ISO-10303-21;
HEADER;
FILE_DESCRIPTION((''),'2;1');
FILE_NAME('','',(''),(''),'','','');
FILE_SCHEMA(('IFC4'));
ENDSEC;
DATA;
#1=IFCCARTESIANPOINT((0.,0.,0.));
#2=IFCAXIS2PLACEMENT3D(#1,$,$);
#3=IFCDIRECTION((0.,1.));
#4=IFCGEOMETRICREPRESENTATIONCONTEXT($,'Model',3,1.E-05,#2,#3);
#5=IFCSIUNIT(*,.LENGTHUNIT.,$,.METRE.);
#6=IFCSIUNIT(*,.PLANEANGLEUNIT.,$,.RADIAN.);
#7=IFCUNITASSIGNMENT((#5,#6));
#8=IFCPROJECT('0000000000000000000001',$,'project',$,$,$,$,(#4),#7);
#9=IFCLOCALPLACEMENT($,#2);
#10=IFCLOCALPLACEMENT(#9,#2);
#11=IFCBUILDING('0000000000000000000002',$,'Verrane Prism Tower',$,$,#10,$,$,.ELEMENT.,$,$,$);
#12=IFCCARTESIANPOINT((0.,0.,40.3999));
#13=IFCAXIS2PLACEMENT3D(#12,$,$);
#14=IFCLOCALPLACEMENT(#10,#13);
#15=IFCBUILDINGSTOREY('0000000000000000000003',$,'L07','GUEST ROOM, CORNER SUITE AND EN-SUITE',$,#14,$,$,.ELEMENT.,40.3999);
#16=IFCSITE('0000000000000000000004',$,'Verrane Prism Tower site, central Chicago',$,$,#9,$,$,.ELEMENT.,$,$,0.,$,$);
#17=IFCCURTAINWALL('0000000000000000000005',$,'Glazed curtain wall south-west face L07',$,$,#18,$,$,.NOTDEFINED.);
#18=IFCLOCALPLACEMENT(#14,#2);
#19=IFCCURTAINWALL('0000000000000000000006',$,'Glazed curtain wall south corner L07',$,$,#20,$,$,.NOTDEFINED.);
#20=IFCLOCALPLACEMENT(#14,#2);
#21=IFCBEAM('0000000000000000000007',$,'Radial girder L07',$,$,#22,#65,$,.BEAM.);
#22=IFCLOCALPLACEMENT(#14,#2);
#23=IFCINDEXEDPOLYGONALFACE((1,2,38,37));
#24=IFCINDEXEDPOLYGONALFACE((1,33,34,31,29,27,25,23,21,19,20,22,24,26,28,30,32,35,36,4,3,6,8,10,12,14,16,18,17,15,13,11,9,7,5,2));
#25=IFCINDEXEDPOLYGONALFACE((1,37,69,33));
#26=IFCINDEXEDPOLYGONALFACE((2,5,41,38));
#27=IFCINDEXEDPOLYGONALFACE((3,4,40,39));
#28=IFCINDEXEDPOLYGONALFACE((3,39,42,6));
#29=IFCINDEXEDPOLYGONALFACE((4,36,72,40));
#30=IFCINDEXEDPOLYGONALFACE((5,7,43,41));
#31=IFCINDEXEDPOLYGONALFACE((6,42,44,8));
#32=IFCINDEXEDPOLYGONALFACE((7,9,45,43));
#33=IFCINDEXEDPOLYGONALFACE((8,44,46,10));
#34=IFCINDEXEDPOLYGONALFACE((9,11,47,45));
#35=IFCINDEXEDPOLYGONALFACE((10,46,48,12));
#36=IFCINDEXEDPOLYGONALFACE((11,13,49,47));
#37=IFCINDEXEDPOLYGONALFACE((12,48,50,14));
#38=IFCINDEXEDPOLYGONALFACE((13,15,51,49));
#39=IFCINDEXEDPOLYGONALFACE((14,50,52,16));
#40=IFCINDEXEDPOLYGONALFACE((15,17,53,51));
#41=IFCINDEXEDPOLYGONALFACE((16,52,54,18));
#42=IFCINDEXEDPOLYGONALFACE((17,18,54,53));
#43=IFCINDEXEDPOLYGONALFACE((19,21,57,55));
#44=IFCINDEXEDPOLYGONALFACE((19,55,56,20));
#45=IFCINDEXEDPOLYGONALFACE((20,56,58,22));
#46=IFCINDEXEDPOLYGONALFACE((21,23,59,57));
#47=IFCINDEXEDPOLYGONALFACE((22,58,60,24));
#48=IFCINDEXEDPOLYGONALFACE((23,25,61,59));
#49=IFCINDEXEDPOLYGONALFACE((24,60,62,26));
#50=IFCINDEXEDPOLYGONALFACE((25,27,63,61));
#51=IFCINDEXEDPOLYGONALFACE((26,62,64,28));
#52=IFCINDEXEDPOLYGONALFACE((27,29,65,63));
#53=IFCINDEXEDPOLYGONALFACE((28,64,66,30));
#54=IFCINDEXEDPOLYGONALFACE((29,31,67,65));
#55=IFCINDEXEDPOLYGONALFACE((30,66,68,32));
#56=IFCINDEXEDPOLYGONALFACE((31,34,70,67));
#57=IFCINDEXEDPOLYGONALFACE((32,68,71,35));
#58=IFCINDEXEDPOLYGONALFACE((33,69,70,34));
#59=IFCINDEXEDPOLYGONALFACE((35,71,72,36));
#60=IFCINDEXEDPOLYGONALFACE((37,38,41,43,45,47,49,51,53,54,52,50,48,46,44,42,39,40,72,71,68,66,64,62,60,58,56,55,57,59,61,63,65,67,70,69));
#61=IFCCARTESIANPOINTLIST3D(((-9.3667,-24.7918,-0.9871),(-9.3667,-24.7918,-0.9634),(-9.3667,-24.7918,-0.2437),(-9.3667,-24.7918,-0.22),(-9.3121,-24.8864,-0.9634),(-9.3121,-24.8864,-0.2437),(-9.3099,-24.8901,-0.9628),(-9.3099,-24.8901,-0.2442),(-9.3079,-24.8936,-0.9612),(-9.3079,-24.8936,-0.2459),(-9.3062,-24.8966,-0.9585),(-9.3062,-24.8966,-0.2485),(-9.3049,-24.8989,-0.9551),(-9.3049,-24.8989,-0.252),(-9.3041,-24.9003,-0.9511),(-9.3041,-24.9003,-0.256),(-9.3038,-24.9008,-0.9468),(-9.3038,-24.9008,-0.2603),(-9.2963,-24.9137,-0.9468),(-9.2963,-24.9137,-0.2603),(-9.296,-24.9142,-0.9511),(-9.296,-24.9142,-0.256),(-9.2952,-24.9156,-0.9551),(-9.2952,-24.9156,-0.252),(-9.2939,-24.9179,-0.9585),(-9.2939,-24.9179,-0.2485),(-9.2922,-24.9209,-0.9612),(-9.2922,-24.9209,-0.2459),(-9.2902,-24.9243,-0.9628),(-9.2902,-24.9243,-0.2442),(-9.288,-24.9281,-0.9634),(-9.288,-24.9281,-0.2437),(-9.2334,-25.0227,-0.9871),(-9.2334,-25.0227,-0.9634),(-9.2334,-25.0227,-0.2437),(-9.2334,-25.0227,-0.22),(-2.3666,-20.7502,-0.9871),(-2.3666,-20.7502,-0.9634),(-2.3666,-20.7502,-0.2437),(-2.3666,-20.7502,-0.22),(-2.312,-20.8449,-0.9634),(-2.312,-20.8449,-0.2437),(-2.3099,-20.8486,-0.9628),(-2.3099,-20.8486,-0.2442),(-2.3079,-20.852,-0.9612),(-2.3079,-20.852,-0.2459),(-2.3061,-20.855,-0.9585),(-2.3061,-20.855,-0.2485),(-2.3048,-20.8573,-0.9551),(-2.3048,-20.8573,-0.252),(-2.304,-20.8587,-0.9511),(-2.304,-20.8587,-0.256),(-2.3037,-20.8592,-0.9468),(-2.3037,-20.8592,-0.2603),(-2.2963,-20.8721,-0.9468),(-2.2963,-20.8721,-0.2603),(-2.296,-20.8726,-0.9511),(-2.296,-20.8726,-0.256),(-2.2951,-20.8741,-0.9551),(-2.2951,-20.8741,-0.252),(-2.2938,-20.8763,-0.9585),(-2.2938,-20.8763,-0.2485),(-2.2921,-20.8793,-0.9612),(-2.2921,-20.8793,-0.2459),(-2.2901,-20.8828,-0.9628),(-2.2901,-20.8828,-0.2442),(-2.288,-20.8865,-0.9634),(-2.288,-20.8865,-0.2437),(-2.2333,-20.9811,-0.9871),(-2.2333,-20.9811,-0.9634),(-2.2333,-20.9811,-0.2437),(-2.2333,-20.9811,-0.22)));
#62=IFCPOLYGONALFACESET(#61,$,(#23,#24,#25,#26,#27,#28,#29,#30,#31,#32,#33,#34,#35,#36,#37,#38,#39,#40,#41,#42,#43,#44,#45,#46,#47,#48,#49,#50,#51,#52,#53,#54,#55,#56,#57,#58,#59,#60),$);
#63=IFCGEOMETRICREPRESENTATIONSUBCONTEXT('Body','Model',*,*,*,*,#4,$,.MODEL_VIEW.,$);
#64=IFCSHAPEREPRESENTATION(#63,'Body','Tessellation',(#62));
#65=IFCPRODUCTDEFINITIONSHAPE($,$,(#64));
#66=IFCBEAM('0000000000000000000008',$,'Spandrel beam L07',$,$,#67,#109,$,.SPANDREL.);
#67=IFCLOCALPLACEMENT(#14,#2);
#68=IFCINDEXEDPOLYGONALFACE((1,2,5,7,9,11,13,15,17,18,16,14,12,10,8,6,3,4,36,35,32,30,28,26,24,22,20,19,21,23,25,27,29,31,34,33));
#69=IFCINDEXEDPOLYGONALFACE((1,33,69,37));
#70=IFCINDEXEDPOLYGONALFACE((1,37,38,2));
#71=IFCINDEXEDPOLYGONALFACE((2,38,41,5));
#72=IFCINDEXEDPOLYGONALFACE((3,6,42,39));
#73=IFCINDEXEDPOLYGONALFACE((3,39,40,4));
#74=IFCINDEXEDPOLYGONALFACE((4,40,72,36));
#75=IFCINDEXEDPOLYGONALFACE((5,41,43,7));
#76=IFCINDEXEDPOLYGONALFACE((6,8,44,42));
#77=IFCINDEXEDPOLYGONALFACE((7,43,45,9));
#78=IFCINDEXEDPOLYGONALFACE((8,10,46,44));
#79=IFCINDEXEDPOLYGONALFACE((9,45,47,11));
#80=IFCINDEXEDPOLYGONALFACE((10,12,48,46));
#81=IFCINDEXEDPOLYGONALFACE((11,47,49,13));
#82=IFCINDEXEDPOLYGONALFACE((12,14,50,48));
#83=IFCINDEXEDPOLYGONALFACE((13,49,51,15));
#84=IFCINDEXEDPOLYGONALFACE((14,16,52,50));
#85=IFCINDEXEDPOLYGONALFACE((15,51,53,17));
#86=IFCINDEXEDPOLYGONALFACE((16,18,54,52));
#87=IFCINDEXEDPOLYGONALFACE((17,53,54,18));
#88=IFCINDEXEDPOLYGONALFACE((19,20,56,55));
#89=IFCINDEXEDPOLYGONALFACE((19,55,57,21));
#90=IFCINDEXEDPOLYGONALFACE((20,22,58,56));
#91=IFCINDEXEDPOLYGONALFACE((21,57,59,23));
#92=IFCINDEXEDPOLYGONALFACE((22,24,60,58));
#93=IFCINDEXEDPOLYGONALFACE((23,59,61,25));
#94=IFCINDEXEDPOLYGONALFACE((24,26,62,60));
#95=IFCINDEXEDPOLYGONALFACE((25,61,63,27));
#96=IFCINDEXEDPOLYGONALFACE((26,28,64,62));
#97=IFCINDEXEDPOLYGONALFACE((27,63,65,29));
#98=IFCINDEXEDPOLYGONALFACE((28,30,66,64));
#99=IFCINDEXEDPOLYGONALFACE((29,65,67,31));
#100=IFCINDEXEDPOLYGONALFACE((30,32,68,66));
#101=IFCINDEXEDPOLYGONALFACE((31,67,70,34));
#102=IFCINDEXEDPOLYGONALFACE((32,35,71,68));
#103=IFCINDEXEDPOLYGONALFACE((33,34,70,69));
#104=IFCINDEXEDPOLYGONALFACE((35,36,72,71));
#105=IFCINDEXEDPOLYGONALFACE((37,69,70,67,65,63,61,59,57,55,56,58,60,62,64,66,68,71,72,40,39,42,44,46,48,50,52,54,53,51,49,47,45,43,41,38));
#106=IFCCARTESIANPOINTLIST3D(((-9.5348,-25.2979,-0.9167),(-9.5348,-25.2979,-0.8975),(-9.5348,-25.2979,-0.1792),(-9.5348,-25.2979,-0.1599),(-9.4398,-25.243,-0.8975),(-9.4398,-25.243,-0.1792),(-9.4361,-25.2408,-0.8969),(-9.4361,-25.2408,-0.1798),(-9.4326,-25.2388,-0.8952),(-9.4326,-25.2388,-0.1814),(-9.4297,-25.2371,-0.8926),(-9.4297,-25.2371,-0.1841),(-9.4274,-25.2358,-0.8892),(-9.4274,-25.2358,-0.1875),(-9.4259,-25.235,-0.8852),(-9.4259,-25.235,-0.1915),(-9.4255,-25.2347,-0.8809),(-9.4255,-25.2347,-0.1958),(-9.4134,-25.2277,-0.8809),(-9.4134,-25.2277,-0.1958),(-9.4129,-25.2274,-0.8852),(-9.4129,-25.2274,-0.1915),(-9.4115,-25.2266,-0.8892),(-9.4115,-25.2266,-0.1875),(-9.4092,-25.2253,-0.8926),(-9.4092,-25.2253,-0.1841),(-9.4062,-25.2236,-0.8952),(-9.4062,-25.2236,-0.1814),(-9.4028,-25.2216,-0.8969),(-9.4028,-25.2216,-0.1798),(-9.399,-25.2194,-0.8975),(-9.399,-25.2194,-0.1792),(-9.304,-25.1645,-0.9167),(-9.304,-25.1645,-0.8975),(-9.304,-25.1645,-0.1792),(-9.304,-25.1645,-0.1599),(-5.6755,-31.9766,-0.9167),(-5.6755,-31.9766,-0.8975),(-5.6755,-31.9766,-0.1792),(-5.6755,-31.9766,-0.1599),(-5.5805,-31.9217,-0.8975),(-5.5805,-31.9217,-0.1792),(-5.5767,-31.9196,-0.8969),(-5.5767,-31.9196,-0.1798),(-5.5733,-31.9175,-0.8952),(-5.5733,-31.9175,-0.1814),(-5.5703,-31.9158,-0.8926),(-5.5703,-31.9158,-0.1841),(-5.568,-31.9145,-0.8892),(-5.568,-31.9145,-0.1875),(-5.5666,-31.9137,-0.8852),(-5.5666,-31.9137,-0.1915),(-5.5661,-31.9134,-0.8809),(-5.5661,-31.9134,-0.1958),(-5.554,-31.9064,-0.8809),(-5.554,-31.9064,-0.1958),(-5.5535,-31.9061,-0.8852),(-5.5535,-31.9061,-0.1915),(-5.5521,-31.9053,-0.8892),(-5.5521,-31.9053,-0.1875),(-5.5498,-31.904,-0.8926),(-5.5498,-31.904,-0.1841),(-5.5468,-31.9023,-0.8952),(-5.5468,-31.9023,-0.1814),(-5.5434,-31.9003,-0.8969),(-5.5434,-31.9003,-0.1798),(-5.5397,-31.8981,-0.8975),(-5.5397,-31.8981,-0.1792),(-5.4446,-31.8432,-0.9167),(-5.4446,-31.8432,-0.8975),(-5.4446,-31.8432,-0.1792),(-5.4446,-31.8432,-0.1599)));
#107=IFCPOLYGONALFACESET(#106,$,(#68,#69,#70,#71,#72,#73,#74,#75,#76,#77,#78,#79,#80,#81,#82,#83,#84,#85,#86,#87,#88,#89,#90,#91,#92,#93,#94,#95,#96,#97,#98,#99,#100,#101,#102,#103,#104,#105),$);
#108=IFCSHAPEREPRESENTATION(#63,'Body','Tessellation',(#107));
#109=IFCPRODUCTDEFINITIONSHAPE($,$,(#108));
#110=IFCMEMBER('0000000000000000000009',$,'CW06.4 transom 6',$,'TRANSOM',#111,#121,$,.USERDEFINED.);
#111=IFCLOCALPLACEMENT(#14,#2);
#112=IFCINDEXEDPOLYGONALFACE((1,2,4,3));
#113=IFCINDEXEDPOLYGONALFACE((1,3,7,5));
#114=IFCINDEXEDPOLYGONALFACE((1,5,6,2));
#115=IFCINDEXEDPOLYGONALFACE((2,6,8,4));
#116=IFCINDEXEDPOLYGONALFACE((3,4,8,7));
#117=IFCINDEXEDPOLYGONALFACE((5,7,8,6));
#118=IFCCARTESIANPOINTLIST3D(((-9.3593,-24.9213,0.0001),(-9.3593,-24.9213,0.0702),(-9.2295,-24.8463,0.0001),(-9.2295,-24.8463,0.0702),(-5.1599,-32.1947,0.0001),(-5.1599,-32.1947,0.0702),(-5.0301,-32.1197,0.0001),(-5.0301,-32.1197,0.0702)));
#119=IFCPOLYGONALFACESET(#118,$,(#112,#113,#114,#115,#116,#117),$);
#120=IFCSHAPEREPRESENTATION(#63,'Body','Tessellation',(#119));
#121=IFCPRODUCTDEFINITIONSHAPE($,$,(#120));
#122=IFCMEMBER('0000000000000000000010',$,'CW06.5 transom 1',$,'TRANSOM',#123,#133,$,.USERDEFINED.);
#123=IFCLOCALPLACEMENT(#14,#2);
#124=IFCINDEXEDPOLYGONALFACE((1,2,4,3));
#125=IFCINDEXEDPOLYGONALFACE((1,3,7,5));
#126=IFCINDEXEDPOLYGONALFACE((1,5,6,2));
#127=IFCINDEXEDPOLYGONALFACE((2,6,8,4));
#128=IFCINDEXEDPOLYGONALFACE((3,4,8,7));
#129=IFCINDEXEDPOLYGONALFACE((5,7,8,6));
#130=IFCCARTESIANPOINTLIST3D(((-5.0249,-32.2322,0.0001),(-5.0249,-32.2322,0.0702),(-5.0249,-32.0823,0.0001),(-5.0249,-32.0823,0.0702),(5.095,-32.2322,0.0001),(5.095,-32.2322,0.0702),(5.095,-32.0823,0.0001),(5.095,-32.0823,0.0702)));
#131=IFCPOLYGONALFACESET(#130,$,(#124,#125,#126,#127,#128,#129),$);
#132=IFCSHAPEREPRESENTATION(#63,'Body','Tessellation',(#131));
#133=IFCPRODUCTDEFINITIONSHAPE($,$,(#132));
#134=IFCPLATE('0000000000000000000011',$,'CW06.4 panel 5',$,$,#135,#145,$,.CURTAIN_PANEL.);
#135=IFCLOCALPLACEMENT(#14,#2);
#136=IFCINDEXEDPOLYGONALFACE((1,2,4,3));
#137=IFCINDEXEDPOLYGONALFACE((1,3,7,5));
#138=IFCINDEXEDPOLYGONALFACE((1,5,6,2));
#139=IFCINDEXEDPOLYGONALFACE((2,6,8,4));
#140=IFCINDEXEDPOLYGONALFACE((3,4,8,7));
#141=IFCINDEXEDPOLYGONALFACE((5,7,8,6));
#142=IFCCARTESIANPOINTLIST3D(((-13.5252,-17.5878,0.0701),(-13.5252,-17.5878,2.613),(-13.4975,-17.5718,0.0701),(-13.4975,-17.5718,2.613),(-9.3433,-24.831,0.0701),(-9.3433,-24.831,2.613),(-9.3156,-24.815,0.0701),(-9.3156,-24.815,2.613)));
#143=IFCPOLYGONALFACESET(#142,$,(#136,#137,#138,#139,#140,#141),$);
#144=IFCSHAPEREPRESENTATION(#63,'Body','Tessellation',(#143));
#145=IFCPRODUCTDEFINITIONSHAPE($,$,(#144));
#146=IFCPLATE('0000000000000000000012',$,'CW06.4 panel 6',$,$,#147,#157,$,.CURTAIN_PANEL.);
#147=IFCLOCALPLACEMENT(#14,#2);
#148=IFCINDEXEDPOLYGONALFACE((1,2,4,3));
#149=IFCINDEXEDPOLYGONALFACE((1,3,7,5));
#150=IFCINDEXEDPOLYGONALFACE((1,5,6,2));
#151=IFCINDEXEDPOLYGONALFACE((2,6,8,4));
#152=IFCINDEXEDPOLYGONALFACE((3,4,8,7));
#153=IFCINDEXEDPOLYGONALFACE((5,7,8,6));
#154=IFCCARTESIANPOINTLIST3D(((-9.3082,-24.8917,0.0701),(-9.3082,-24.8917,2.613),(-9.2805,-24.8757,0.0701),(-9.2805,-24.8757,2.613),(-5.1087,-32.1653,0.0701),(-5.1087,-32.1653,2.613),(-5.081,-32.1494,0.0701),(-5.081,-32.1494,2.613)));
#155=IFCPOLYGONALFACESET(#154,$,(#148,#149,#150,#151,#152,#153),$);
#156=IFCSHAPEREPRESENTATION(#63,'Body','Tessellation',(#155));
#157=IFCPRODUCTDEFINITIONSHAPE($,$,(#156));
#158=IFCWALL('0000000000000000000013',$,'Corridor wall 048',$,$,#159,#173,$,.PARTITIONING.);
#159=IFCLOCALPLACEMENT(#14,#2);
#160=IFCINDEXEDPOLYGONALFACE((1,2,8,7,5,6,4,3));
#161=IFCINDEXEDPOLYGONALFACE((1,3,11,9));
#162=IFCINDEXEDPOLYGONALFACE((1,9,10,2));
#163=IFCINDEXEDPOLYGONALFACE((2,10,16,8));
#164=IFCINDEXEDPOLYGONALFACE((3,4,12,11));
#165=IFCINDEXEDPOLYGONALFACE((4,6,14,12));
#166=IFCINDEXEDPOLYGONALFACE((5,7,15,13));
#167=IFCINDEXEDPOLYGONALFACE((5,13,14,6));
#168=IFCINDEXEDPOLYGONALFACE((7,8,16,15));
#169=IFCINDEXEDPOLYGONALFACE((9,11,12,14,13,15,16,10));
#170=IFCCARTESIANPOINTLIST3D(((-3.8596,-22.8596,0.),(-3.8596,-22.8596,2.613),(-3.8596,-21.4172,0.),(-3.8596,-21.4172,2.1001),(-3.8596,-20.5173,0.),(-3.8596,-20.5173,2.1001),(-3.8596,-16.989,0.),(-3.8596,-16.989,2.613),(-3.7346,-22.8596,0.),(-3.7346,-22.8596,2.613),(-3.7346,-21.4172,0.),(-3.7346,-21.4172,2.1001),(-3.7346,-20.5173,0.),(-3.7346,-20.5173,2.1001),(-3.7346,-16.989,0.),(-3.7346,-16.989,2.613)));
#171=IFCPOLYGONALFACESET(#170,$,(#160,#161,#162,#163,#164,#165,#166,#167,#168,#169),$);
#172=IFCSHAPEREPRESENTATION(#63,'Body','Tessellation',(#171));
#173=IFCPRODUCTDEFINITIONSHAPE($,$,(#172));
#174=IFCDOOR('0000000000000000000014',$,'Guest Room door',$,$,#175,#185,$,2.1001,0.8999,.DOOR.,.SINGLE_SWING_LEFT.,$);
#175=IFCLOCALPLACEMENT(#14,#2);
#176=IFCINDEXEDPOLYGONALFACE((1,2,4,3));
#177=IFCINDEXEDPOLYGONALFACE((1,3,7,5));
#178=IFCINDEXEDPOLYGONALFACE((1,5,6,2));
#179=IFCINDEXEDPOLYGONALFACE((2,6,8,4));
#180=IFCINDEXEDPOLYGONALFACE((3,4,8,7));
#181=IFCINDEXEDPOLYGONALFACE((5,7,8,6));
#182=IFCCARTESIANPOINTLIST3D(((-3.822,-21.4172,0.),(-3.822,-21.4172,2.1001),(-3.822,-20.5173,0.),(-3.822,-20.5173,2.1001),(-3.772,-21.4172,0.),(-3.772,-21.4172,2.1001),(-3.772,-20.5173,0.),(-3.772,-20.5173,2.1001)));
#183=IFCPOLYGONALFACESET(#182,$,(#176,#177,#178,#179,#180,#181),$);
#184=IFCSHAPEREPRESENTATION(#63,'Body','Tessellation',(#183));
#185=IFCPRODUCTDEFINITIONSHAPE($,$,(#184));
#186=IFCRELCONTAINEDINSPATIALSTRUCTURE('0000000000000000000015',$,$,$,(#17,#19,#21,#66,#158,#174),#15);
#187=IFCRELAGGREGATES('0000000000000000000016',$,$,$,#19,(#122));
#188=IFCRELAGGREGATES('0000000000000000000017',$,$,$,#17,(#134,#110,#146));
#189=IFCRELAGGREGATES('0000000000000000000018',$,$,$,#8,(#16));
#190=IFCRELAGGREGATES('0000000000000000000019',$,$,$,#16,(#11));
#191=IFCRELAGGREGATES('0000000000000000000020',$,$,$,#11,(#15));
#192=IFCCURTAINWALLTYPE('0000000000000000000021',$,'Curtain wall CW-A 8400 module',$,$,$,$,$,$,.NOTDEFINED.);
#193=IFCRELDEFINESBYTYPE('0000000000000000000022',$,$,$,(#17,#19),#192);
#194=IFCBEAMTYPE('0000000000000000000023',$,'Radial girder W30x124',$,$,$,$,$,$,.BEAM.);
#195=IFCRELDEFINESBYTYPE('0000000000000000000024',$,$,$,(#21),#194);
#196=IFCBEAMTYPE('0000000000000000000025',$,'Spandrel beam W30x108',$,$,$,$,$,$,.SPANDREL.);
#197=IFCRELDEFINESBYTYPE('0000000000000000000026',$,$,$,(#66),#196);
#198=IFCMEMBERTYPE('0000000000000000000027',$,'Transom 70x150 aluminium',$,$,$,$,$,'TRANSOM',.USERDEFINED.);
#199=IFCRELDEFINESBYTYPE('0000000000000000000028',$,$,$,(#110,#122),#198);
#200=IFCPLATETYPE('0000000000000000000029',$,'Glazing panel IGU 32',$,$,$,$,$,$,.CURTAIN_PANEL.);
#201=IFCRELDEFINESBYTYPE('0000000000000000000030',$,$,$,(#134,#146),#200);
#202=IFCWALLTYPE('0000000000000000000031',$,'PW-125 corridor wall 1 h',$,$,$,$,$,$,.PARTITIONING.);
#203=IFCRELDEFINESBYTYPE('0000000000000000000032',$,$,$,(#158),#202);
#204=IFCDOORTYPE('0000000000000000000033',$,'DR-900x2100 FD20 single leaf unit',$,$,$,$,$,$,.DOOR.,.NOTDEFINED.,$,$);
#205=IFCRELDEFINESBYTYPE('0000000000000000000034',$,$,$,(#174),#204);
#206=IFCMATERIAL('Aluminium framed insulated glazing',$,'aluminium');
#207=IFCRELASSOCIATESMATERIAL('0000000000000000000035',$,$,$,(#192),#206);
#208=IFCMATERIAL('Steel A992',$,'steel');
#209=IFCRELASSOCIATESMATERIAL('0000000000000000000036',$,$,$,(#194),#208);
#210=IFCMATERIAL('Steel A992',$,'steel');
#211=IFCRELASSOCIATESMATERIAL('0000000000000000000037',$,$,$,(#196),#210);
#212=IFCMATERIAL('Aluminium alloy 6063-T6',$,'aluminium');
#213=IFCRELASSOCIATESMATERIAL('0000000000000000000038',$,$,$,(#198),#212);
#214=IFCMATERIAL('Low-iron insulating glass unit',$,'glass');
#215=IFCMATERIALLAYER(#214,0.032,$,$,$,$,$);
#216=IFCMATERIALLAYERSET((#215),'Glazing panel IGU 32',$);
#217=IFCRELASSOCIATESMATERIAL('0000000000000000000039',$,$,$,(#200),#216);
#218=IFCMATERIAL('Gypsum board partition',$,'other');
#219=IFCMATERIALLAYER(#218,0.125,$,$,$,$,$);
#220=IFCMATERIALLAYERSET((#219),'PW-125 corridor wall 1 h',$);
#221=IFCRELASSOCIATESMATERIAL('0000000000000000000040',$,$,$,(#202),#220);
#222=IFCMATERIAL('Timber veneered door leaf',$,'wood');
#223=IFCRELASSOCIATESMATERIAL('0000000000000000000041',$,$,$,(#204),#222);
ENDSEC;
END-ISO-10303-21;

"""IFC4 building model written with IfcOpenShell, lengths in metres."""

from ifc_helpers import new_model, si_unit, direction, frame, frame_2d, origin, origin_2d, place, context, subcontext, project, spatial, rectangle, i_section, extrude, material, layer, layer_set, material_profile, profile_set, type_object, element, fill, aggregate, save


model = new_model("IFC4")

# Units and contexts
model_context = context("Model", 3, precision=1e-05, world=origin(), true_north=direction((0.0, 1.0)))
body_context = subcontext(model_context, "Body", "Model", "MODEL_VIEW")
ifc_project = project(units=[si_unit("LENGTHUNIT", "METRE"), si_unit("PLANEANGLEUNIT", "RADIAN")], contexts=[model_context])

# Site, building, storey
site_placement = place(None, origin())
site = spatial("IfcSite", under=ifc_project, at=site_placement, Name="Verrane Prism Tower site, central Chicago", CompositionType="ELEMENT", RefElevation=0.0)
building_placement = place(site_placement, origin())
building = spatial("IfcBuilding", under=site, at=building_placement, Name="Verrane Prism Tower", CompositionType="ELEMENT")
storey_placement = place(building_placement, frame((0.0, 0.0, 40.3999)))
storey = spatial("IfcBuildingStorey", under=building, at=storey_placement, Name="L07", Description="GUEST ROOM, CORNER SUITE AND EN-SUITE", CompositionType="ELEMENT", Elevation=40.3999)

# Curtain walls
ifc_material_1 = material(Name="Aluminium framed insulated glazing", Category="aluminium")
curtain_wall_type = type_object("IfcCurtainWallType", Name="Curtain wall CW-A 8400 module", PredefinedType="NOTDEFINED", material=ifc_material_1)
curtain_wall_1_placement = place(storey_placement, origin())
curtain_wall_1 = element("IfcCurtainWall", 1, at=curtain_wall_1_placement, inside=storey, type_object=curtain_wall_type, Name="Glazed curtain wall south-west face L07", PredefinedType="NOTDEFINED")
curtain_wall_2_placement = place(storey_placement, origin())
curtain_wall_2 = element("IfcCurtainWall", 2, at=curtain_wall_2_placement, inside=storey, type_object=curtain_wall_type, Name="Glazed curtain wall south corner L07", PredefinedType="NOTDEFINED")

# Beams
ifc_material_2 = material(Name="Steel A992", Category="steel")
ifc_material_profile_1 = material_profile(ifc_material_2, i_section(OverallWidth=0.2666, OverallDepth=0.7671, WebThickness=0.0149, FlangeThickness=0.0237, FilletRadius=0.0166, at=origin_2d()), Name="W30x124")
ifc_profile_set_1 = profile_set([ifc_material_profile_1], Name="Steel A992")
beam_type_1 = type_object("IfcBeamType", Name="Radial girder W30x124", PredefinedType="BEAM", material=ifc_profile_set_1)
beam_1_placement = place(storey_placement, frame((-9.3, -24.9072, -0.6035), z_axis=(0.866023, 0.500005, 0.0), x_axis=(-0.500005, 0.866023, 0.0)))
element("IfcBeam", 3, at=beam_1_placement, inside=storey, type_object=beam_type_1, Name="Radial girder L07", PredefinedType="BEAM", context=body_context, shape_type="SweptSolid", body=[
    extrude(i_section(OverallWidth=0.2666, OverallDepth=0.7671, WebThickness=0.0149, FlangeThickness=0.0237, FilletRadius=0.0166, at=origin_2d()), origin(), (0.0, 0.0, 1.0), 8.083),
])
ifc_material_3 = material(Name="Steel A992", Category="steel")
ifc_material_profile_2 = material_profile(ifc_material_3, i_section(OverallWidth=0.2666, OverallDepth=0.7568, WebThickness=0.0139, FlangeThickness=0.0193, FilletRadius=0.0166, at=origin_2d()), Name="W30x108")
ifc_profile_set_2 = profile_set([ifc_material_profile_2], Name="Steel A992")
beam_type_2 = type_object("IfcBeamType", Name="Spandrel beam W30x108", PredefinedType="SPANDREL", material=ifc_profile_set_2)
beam_2_placement = place(storey_placement, frame((-9.4194, -25.2312, -0.5383), z_axis=(0.500332, -0.865833, 0.0), x_axis=(0.865833, 0.500332, 0.0)))
element("IfcBeam", 4, at=beam_2_placement, inside=storey, type_object=beam_type_2, Name="Spandrel beam L07", PredefinedType="SPANDREL", context=body_context, shape_type="SweptSolid", body=[
    extrude(i_section(OverallWidth=0.2666, OverallDepth=0.7568, WebThickness=0.0139, FlangeThickness=0.0193, FilletRadius=0.0166, at=origin_2d()), origin(), (0.0, 0.0, 1.0), 7.7136),
])

# Members
ifc_material_4 = material(Name="Aluminium alloy 6063-T6", Category="aluminium")
ifc_material_profile_3 = material_profile(ifc_material_4, rectangle(XDim=0.1499, YDim=0.0701, at=origin_2d()), Name="Transom 70x150 aluminium")
ifc_profile_set_3 = profile_set([ifc_material_profile_3], Name="Aluminium alloy 6063-T6")
member_type_1 = type_object("IfcMemberType", Name="Transom 70x150 aluminium", ElementType="TRANSOM", PredefinedType="USERDEFINED", material=ifc_profile_set_3)
member_1_placement = place(storey_placement, frame((-9.2944, -24.8838, 0.0352), z_axis=(0.500013, -0.866018, 0.0), x_axis=(0.866018, 0.500013, 0.0)))
member_1 = element("IfcMember", 5, at=member_1_placement, type_object=member_type_1, Name="CW06.4 transom 6", ObjectType="TRANSOM", PredefinedType="USERDEFINED", context=body_context, shape_type="SweptSolid", body=[
    extrude(rectangle(XDim=0.1499, YDim=0.0701, at=origin_2d()), origin(), (0.0, 0.0, 1.0), 8.3987),
])
member_2_placement = place(storey_placement, frame((-5.0249, -32.1572, 0.0352), z_axis=(1.0, 0.0, 0.0), x_axis=(0.0, 1.0, 0.0)))
member_2 = element("IfcMember", 6, at=member_2_placement, type_object=member_type_1, Name="CW06.5 transom 1", ObjectType="TRANSOM", PredefinedType="USERDEFINED", context=body_context, shape_type="SweptSolid", body=[
    extrude(rectangle(XDim=0.1499, YDim=0.0701, at=origin_2d()), origin(), (0.0, 0.0, 1.0), 10.1199),
])
aggregate(curtain_wall_2, [member_2])

# Plates
ifc_material_5 = material(Name="Low-iron insulating glass unit", Category="glass")
ifc_layer_1 = layer(ifc_material_5, 0.032)
ifc_layer_set_1 = layer_set([ifc_layer_1], Name="Glazing panel IGU 32")
plate_type = type_object("IfcPlateType", Name="Glazing panel IGU 32", PredefinedType="CURTAIN_PANEL", material=ifc_layer_set_1)
plate_1_placement = place(storey_placement, frame((-11.4204, -21.2014, 0.0701), z_axis=(0.0, 0.0, 1.0), x_axis=(0.5, -0.866025, 0.0)))
plate_1 = element("IfcPlate", 7, at=plate_1_placement, type_object=plate_type, Name="CW06.4 panel 5", PredefinedType="CURTAIN_PANEL", context=body_context, shape_type="SweptSolid", body=[
    extrude(rectangle(XDim=8.3638, YDim=0.032, at=origin_2d()), origin(), (0.0, 0.0, 1.0), 2.543),
])
plate_2_placement = place(storey_placement, frame((-7.1946, -28.5205, 0.0701), z_axis=(0.0, 0.0, 1.0), x_axis=(0.5, -0.866025, 0.0)))
plate_2 = element("IfcPlate", 8, at=plate_2_placement, type_object=plate_type, Name="CW06.4 panel 6", PredefinedType="CURTAIN_PANEL", context=body_context, shape_type="SweptSolid", body=[
    extrude(rectangle(XDim=8.3989, YDim=0.032, at=origin_2d()), origin(), (0.0, 0.0, 1.0), 2.543),
])
aggregate(curtain_wall_1, [plate_1, member_1, plate_2])

# Wall, opening, door
ifc_material_6 = material(Name="Gypsum board partition", Category="other")
ifc_layer_2 = layer(ifc_material_6, 0.125)
ifc_layer_set_2 = layer_set([ifc_layer_2], Name="PW-125 corridor wall 1 h")
wall_type_1 = type_object("IfcWallType", Name="PW-125 corridor wall 1 h", PredefinedType="PARTITIONING", material=ifc_layer_set_2)
wall_1_placement = place(storey_placement, frame((-3.7971, -22.8596, 0.0), z_axis=(0.0, 0.0, 1.0), x_axis=(0.0, 1.0, 0.0)))
wall_1 = element("IfcWall", 9, at=wall_1_placement, inside=storey, type_object=wall_type_1, Name="Corridor wall 048", PredefinedType="PARTITIONING", context=body_context, shape_type="SweptSolid", body=[
    extrude(rectangle(XDim=5.8706, YDim=0.125, at=frame_2d((2.9353, 0.0))), origin(), (0.0, 0.0, 1.0), 2.613),
])
opening_1_placement = place(wall_1_placement, frame((1.4424, 0.0, 0.0)))
opening_1 = element("IfcOpeningElement", 10, at=opening_1_placement, cuts=wall_1, PredefinedType="OPENING", context=body_context, shape_type="SweptSolid", body=[
    extrude(rectangle(XDim=0.8999, YDim=2.1001, at=frame_2d((0.45, 1.05))), frame((0.0, 0.0725, 0.0), z_axis=(0.0, -1.0, 0.0), x_axis=(1.0, 0.0, 0.0)), (0.0, 0.0, 1.0), 0.145),
])
ifc_material_7 = material(Name="Timber veneered door leaf", Category="wood")
door_type_1 = type_object("IfcDoorType", Name="DR-900x2100 FD20 single leaf unit", OperationType="NOTDEFINED", PredefinedType="DOOR", material=ifc_material_7)
door_1_placement = place(opening_1_placement, origin())
door_1 = element("IfcDoor", 11, at=door_1_placement, inside=storey, type_object=door_type_1, Name="Guest Room door", OperationType="SINGLE_SWING_LEFT", OverallHeight=2.1001, OverallWidth=0.8999, PredefinedType="DOOR", context=body_context, shape_type="SweptSolid", body=[
    extrude(rectangle(XDim=0.8999, YDim=2.1001, at=frame_2d((0.45, 1.05))), frame((0.0, 0.0249, 0.0), z_axis=(0.0, -1.0, 0.0), x_axis=(1.0, 0.0, 0.0)), (0.0, 0.0, 1.0), 0.05),
])
fill(opening_1, door_1)

save(model, "model.ifc")
